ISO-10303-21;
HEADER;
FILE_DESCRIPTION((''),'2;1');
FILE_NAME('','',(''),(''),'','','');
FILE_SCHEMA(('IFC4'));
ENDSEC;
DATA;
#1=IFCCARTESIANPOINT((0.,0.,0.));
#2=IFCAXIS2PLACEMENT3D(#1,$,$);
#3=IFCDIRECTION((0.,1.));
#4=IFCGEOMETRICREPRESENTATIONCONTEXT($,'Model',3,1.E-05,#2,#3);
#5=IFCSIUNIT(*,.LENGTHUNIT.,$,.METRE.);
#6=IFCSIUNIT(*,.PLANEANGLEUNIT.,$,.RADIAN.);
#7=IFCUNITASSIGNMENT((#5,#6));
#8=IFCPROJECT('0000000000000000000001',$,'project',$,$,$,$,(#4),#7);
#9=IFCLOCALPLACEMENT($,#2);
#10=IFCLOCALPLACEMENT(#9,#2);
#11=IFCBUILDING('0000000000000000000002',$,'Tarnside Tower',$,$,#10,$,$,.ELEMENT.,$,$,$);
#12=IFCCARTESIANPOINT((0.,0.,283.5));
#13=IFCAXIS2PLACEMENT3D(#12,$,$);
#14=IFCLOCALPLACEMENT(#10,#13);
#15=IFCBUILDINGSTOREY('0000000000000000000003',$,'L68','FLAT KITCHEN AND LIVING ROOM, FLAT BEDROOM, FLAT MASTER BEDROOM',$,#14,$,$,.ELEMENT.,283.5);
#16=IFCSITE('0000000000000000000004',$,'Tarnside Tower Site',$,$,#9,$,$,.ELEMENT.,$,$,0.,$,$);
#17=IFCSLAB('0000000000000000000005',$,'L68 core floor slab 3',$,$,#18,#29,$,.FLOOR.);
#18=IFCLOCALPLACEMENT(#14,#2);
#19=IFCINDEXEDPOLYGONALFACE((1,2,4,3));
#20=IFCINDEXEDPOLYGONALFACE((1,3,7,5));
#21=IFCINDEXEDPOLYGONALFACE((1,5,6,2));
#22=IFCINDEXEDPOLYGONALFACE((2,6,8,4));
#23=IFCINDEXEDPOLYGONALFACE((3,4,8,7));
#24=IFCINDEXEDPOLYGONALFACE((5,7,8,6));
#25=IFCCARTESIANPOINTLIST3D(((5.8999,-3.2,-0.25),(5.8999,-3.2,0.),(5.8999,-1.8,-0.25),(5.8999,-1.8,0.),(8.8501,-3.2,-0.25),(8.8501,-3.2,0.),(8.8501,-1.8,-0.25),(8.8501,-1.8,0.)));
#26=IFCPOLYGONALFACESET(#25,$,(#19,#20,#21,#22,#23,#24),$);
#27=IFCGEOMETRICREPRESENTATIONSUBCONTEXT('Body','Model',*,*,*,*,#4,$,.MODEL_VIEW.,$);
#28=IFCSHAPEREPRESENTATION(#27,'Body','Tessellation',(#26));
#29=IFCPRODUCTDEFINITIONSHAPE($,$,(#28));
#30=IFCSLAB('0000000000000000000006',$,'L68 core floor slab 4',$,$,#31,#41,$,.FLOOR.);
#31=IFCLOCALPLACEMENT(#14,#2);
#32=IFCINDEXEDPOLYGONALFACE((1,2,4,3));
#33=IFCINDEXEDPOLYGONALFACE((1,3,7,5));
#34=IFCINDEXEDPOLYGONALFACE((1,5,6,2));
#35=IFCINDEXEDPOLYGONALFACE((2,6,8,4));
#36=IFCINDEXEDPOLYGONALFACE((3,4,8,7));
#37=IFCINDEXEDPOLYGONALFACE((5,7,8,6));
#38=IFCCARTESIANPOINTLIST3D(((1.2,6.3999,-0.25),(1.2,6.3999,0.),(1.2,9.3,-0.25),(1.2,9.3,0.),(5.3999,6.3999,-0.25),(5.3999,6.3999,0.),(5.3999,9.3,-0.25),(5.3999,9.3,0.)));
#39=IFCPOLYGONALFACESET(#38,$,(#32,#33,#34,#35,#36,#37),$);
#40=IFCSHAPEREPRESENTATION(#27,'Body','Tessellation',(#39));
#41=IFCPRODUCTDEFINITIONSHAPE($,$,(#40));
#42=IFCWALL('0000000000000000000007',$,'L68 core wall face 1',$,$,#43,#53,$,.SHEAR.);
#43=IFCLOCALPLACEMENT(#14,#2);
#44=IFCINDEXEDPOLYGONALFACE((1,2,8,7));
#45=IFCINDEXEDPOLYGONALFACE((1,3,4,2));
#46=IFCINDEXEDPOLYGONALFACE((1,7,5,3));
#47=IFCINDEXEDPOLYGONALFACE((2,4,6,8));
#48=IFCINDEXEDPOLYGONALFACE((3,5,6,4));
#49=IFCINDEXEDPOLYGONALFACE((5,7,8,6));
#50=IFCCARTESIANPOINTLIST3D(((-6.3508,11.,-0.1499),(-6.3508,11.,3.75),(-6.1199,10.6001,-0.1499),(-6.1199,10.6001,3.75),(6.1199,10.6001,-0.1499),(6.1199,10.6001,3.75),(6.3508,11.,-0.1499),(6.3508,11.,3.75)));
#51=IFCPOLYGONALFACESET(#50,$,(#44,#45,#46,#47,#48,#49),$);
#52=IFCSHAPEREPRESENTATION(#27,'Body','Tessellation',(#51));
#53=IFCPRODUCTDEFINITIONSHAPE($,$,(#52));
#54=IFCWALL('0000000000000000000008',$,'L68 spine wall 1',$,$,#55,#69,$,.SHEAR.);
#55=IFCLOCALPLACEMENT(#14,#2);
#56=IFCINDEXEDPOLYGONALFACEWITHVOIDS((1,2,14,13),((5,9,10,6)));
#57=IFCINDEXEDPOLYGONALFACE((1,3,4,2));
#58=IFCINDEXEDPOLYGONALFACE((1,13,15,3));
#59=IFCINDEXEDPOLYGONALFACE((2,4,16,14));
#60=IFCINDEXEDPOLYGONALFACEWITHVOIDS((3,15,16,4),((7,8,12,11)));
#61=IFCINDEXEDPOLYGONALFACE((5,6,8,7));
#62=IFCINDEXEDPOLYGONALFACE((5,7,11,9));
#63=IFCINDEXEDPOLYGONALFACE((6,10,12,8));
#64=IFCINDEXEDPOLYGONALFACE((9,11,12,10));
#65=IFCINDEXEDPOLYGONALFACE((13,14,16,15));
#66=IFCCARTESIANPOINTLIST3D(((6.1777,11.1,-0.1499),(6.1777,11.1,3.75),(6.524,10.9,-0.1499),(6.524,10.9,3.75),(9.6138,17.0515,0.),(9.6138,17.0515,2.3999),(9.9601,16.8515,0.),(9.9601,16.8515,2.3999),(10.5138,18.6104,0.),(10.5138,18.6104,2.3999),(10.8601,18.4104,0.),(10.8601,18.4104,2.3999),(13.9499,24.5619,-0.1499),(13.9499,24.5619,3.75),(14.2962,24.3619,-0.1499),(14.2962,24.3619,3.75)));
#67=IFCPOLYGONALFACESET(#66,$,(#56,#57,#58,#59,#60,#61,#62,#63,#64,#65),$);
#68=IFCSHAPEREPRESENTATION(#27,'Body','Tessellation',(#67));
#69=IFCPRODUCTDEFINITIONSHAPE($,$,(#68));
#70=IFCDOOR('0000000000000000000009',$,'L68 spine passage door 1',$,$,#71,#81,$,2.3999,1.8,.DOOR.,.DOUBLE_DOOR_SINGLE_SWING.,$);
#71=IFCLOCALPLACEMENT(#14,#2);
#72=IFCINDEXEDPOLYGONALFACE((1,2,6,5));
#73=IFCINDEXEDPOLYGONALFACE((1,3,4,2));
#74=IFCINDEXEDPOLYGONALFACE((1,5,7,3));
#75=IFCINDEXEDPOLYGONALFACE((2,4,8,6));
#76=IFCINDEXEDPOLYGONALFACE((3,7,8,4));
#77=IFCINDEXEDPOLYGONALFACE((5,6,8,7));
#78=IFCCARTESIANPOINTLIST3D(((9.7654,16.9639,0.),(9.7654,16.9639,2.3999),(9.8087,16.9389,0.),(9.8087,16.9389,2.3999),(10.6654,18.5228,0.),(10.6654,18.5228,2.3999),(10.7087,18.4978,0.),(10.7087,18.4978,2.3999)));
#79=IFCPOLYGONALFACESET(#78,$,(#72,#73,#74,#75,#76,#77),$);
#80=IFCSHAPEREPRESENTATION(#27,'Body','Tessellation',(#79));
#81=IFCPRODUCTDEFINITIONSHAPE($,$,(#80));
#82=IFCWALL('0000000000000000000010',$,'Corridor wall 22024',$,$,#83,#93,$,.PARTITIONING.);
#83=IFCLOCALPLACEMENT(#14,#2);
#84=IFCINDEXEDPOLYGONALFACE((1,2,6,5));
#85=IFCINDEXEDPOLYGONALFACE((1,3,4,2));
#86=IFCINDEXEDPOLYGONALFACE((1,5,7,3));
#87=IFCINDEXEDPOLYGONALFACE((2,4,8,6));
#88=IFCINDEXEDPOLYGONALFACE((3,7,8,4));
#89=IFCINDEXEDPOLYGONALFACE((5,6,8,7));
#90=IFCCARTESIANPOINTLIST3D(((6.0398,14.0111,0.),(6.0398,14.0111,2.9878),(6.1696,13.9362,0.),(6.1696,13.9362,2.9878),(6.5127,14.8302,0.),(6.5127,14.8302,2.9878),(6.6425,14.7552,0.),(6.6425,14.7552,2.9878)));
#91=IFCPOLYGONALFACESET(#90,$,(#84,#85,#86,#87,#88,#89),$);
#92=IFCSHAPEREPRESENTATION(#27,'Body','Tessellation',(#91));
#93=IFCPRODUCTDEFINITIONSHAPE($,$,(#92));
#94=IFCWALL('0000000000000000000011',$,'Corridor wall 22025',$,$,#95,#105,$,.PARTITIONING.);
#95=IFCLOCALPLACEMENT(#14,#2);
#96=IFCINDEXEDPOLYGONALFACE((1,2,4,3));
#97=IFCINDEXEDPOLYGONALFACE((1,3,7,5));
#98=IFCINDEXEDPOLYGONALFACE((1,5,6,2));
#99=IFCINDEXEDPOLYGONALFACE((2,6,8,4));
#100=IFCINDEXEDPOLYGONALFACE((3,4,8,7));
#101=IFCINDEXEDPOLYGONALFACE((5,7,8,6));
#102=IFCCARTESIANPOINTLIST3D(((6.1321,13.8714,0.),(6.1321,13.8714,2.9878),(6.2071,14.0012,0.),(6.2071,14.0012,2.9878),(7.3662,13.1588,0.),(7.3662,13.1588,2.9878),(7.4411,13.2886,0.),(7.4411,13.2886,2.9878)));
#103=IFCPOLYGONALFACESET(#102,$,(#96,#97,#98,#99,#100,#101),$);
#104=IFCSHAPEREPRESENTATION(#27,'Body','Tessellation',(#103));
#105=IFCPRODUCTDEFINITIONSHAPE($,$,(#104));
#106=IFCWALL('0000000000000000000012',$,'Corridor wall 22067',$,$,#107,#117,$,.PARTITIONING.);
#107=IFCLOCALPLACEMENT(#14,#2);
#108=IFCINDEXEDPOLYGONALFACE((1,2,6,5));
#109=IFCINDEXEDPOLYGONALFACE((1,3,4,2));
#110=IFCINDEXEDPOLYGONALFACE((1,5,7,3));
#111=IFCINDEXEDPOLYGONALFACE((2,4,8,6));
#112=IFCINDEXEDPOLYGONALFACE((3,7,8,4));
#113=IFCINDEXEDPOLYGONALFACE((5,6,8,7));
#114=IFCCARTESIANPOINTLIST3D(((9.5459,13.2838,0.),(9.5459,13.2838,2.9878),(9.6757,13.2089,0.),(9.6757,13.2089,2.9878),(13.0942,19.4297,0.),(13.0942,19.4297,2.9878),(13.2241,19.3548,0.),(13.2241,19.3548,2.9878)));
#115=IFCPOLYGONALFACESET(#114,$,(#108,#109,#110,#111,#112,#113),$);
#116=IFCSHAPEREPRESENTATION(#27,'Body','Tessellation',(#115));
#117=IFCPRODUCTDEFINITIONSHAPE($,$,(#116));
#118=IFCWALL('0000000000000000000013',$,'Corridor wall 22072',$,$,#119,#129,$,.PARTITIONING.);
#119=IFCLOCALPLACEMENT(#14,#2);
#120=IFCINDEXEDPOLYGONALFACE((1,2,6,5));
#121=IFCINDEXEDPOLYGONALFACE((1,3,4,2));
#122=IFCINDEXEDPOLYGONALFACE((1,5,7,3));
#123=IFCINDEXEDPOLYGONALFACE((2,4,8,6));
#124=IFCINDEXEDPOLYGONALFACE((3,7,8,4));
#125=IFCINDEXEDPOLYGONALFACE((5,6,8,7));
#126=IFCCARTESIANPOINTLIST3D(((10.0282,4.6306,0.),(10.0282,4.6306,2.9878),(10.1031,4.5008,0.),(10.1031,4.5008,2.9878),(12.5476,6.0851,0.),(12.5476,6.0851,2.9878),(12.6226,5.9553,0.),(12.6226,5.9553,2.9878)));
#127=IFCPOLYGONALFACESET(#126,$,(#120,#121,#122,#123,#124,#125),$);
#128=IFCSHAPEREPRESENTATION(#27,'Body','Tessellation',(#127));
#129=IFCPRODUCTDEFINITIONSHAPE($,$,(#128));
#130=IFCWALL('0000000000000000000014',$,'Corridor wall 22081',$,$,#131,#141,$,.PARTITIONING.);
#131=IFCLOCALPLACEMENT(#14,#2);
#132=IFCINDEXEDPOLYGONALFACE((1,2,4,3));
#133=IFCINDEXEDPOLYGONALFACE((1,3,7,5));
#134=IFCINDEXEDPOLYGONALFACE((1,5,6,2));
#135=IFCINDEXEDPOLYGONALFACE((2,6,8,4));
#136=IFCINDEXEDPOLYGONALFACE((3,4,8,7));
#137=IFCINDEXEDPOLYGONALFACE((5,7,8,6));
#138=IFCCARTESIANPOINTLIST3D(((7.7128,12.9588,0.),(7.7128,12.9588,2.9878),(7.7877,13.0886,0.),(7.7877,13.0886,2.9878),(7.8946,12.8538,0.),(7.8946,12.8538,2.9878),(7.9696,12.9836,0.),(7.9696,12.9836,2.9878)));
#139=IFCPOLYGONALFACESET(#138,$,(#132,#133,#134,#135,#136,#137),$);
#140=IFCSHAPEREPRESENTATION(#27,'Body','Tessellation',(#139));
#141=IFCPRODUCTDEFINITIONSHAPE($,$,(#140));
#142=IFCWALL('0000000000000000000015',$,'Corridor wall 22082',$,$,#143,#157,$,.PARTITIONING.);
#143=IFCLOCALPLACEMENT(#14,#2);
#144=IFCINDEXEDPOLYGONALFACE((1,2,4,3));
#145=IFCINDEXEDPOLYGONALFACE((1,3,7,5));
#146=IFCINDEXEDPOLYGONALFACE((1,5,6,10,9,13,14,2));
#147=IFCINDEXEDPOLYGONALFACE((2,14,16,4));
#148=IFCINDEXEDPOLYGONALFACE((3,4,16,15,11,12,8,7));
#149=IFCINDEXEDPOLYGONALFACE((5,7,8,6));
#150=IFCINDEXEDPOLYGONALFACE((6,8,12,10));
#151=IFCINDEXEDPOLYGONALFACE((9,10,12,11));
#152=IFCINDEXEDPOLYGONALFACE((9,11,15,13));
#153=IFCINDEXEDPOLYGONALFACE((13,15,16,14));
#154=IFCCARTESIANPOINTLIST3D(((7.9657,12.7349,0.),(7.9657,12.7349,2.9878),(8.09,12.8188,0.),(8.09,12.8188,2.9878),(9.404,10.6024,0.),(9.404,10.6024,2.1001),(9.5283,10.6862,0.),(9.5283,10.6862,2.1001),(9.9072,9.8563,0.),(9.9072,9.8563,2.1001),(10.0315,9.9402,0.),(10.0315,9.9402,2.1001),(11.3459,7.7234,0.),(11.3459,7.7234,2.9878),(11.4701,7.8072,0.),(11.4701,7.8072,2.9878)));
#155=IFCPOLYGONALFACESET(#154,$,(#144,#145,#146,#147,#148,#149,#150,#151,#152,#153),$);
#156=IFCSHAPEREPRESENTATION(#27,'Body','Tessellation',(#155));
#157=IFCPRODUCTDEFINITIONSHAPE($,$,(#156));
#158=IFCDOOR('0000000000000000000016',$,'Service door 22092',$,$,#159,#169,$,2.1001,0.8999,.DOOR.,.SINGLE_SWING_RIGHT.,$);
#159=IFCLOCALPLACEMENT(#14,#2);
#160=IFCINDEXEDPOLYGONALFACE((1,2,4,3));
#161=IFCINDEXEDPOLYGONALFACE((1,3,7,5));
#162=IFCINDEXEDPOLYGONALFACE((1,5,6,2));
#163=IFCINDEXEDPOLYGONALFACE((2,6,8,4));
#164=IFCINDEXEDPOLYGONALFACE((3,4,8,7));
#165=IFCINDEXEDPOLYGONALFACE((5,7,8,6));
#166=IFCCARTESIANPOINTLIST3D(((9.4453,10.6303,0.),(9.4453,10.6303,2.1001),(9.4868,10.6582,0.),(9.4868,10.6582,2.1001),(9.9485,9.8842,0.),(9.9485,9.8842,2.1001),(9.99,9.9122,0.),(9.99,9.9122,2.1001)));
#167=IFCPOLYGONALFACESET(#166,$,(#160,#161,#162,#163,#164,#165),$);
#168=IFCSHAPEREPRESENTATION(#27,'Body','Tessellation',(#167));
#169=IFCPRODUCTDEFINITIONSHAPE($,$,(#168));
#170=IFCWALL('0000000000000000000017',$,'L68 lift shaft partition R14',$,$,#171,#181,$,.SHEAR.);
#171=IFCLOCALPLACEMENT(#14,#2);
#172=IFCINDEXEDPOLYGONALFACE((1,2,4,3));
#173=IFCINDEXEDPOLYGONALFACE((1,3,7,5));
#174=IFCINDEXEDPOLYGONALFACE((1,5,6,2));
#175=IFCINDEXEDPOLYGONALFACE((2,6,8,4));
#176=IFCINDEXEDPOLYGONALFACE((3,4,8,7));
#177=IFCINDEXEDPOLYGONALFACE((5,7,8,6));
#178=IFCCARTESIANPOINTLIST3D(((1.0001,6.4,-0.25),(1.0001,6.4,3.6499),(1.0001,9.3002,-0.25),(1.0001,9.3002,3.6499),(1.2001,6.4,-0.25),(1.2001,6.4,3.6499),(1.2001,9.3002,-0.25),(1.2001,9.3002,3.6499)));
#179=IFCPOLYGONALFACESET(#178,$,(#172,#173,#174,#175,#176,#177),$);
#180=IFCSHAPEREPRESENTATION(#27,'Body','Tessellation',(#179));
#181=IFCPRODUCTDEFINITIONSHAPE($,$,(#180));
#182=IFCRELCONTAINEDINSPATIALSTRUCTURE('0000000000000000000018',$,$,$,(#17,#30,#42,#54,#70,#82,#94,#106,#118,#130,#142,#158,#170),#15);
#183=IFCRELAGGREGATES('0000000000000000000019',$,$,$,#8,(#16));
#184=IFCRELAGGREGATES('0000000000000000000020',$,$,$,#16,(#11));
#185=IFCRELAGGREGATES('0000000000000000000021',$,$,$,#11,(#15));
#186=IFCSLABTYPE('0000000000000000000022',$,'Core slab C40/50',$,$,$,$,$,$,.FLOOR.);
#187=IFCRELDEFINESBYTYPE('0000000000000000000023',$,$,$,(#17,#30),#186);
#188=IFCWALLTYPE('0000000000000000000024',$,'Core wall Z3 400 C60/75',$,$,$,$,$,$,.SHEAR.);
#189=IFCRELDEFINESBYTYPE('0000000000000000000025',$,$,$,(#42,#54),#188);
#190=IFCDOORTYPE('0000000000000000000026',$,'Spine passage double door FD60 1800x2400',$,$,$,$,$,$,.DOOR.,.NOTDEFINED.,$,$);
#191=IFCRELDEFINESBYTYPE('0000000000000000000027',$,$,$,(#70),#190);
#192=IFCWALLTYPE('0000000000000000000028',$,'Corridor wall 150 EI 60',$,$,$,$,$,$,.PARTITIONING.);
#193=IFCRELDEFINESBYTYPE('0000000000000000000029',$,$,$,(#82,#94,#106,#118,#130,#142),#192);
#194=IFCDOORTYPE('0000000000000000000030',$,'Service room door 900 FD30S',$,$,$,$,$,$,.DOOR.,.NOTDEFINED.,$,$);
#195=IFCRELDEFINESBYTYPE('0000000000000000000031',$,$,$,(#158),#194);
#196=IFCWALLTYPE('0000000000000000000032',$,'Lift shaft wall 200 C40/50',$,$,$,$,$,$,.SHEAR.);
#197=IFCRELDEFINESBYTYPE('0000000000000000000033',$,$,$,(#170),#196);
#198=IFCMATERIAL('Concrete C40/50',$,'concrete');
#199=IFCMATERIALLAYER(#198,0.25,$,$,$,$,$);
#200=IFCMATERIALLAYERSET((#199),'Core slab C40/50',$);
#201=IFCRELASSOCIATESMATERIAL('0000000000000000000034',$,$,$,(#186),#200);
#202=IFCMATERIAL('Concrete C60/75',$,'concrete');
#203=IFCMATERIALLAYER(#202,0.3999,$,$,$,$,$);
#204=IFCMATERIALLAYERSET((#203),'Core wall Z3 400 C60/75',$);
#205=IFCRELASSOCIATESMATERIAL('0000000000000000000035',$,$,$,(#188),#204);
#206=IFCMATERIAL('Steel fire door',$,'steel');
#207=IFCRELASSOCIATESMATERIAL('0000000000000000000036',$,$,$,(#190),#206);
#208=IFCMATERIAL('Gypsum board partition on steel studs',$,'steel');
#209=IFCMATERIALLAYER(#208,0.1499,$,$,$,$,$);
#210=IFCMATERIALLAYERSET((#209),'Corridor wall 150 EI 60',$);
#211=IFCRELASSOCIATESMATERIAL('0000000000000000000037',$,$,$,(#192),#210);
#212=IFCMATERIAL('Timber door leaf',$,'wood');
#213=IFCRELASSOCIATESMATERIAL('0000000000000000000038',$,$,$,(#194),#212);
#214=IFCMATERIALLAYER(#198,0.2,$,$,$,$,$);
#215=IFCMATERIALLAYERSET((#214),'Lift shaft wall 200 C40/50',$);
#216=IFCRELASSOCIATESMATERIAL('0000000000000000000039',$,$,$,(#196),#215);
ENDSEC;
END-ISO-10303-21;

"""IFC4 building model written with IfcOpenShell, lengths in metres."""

from ifc_helpers import new_model, si_unit, direction, frame, frame_2d, origin, place, context, subcontext, project, spatial, polyline, rectangle, outline, extrude, material, layer, layer_set, type_object, element, fill, save


model = new_model("IFC4")

# Units and contexts
model_context = context("Model", 3, precision=1e-05, world=origin(), true_north=direction((0.0, 1.0)))
body_context = subcontext(model_context, "Body", "Model", "MODEL_VIEW")
ifc_project = project(units=[si_unit("LENGTHUNIT", "METRE"), si_unit("PLANEANGLEUNIT", "RADIAN")], contexts=[model_context])

# Site, building, storey
site_placement = place(None, origin())
site = spatial("IfcSite", under=ifc_project, at=site_placement, Name="Tarnside Tower Site", CompositionType="ELEMENT", RefElevation=0.0)
building_placement = place(site_placement, origin())
building = spatial("IfcBuilding", under=site, at=building_placement, Name="Tarnside Tower", CompositionType="ELEMENT")
storey_placement = place(building_placement, frame((0.0, 0.0, 283.5)))
storey = spatial("IfcBuildingStorey", under=building, at=storey_placement, Name="L68", Description="FLAT KITCHEN AND LIVING ROOM, FLAT BEDROOM, FLAT MASTER BEDROOM", CompositionType="ELEMENT", Elevation=283.5)

# Slabs
ifc_material_1 = material(Name="Concrete C40/50", Category="concrete")
ifc_layer_1 = layer(ifc_material_1, 0.25)
ifc_layer_set_1 = layer_set([ifc_layer_1], Name="Core slab C40/50")
slab_type = type_object("IfcSlabType", Name="Core slab C40/50", PredefinedType="FLOOR", material=ifc_layer_set_1)
slab_1_placement = place(storey_placement, frame((0.0, 0.0, -0.25)))
element("IfcSlab", 1, at=slab_1_placement, inside=storey, type_object=slab_type, Name="L68 core floor slab 3", PredefinedType="FLOOR", context=body_context, shape_type="SweptSolid", body=[
    extrude(outline(polyline([(5.8999, -1.8), (8.8501, -1.8), (8.8501, -3.2), (5.8999, -3.2), (5.8999, -1.8)])), origin(), (0.0, 0.0, 1.0), 0.25),
])
slab_2_placement = place(storey_placement, frame((0.0, 0.0, -0.25)))
element("IfcSlab", 2, at=slab_2_placement, inside=storey, type_object=slab_type, Name="L68 core floor slab 4", PredefinedType="FLOOR", context=body_context, shape_type="SweptSolid", body=[
    extrude(outline(polyline([(5.3999, 6.3999), (1.2, 6.3999), (1.2, 9.3), (5.3999, 9.3), (5.3999, 6.3999)])), origin(), (0.0, 0.0, 1.0), 0.25),
])

# Wall
ifc_material_2 = material(Name="Concrete C60/75", Category="concrete")
ifc_layer_2 = layer(ifc_material_2, 0.3999)
ifc_layer_set_2 = layer_set([ifc_layer_2], Name="Core wall Z3 400 C60/75")
wall_type_1 = type_object("IfcWallType", Name="Core wall Z3 400 C60/75", PredefinedType="SHEAR", material=ifc_layer_set_2)
wall_1_placement = place(storey_placement, frame((6.2354, 10.8, -0.1499), z_axis=(0.0, 0.0, 1.0), x_axis=(-1.0, 0.0, 0.0)))
element("IfcWall", 3, at=wall_1_placement, inside=storey, type_object=wall_type_1, Name="L68 core wall face 1", PredefinedType="SHEAR", context=body_context, shape_type="SweptSolid", body=[
    extrude(outline(polyline([(-0.1155, -0.2), (12.5862, -0.2), (12.3552, 0.2), (0.1155, 0.2), (-0.1155, -0.2)])), origin(), (0.0, 0.0, 1.0), 3.8999),
])

# Wall, opening, door
wall_2_placement = place(storey_placement, frame((6.3508, 11.0, -0.1499), z_axis=(0.0, 0.0, 1.0), x_axis=(0.499999, 0.866026, 0.0)))
wall_2 = element("IfcWall", 4, at=wall_2_placement, inside=storey, type_object=wall_type_1, Name="L68 spine wall 1", PredefinedType="SHEAR", context=body_context, shape_type="SweptSolid", body=[
    extrude(rectangle(XDim=15.5444, YDim=0.3999, at=frame_2d((7.7722, 0.0))), origin(), (0.0, 0.0, 1.0), 3.8999),
])
opening_1_placement = place(wall_2_placement, frame((6.8723, 0.0, 0.1499)))
opening_1 = element("IfcOpeningElement", 5, at=opening_1_placement, cuts=wall_2, PredefinedType="OPENING", context=body_context, shape_type="SweptSolid", body=[
    extrude(rectangle(XDim=1.8, YDim=2.3999, at=frame_2d((0.8999, 1.2))), frame((0.0, 0.21, 0.0), z_axis=(0.0, -1.0, 0.0), x_axis=(1.0, 0.0, 0.0)), (0.0, 0.0, 1.0), 0.4199),
])
ifc_material_3 = material(Name="Steel fire door", Category="steel")
door_type_1 = type_object("IfcDoorType", Name="Spine passage double door FD60 1800x2400", OperationType="NOTDEFINED", PredefinedType="DOOR", material=ifc_material_3)
door_1_placement = place(opening_1_placement, origin())
door_1 = element("IfcDoor", 6, at=door_1_placement, inside=storey, type_object=door_type_1, Name="L68 spine passage door 1", OperationType="DOUBLE_DOOR_SINGLE_SWING", OverallHeight=2.3999, OverallWidth=1.8, PredefinedType="DOOR", context=body_context, shape_type="SweptSolid", body=[
    extrude(rectangle(XDim=1.8, YDim=2.3999, at=frame_2d((0.8999, 1.2))), frame((0.0, 0.0249, 0.0), z_axis=(0.0, -1.0, 0.0), x_axis=(1.0, 0.0, 0.0)), (0.0, 0.0, 1.0), 0.05),
])
fill(opening_1, door_1)

# Walls
ifc_material_4 = material(Name="Gypsum board partition on steel studs", Category="steel")
ifc_layer_3 = layer(ifc_material_4, 0.1499)
ifc_layer_set_3 = layer_set([ifc_layer_3], Name="Corridor wall 150 EI 60")
wall_type_2 = type_object("IfcWallType", Name="Corridor wall 150 EI 60", PredefinedType="PARTITIONING", material=ifc_layer_set_3)
wall_3_placement = place(storey_placement, frame((6.5776, 14.7927, 0.0), z_axis=(0.0, 0.0, 1.0), x_axis=(-0.499998, -0.866027, 0.0)))
element("IfcWall", 7, at=wall_3_placement, inside=storey, type_object=wall_type_2, Name="Corridor wall 22024", PredefinedType="PARTITIONING", context=body_context, shape_type="SweptSolid", body=[
    extrude(rectangle(XDim=0.9458, YDim=0.1499, at=frame_2d((0.4729, 0.0))), origin(), (0.0, 0.0, 1.0), 2.9878),
])
wall_4_placement = place(storey_placement, frame((6.1697, 13.9363, 0.0), z_axis=(0.0, 0.0, 1.0), x_axis=(0.865989, -0.500064, 0.0)))
element("IfcWall", 8, at=wall_4_placement, inside=storey, type_object=wall_type_2, Name="Corridor wall 22025", PredefinedType="PARTITIONING", context=body_context, shape_type="SweptSolid", body=[
    extrude(rectangle(XDim=1.425, YDim=0.1499, at=frame_2d((0.7124, 0.0))), origin(), (0.0, 0.0, 1.0), 2.9878),
])
wall_5_placement = place(storey_placement, frame((9.6108, 13.2463, 0.0), z_axis=(0.0, 0.0, 1.0), x_axis=(0.499994, 0.866029, 0.0)))
element("IfcWall", 9, at=wall_5_placement, inside=storey, type_object=wall_type_2, Name="Corridor wall 22067", PredefinedType="PARTITIONING", context=body_context, shape_type="SweptSolid", body=[
    extrude(rectangle(XDim=7.0967, YDim=0.1499, at=frame_2d((3.5483, 0.0))), origin(), (0.0, 0.0, 1.0), 2.9878),
])
wall_6_placement = place(storey_placement, frame((10.0657, 4.5657, 0.0), z_axis=(0.0, 0.0, 1.0), x_axis=(0.866035, 0.499984, 0.0)))
element("IfcWall", 10, at=wall_6_placement, inside=storey, type_object=wall_type_2, Name="Corridor wall 22072", PredefinedType="PARTITIONING", context=body_context, shape_type="SweptSolid", body=[
    extrude(rectangle(XDim=2.9092, YDim=0.1499, at=frame_2d((1.4546, 0.0))), origin(), (0.0, 0.0, 1.0), 2.9878),
])
wall_7_placement = place(storey_placement, frame((7.7502, 13.0237, 0.0), z_axis=(0.0, 0.0, 1.0), x_axis=(0.866089, -0.49989, 0.0)))
element("IfcWall", 11, at=wall_7_placement, inside=storey, type_object=wall_type_2, Name="Corridor wall 22081", PredefinedType="PARTITIONING", context=body_context, shape_type="SweptSolid", body=[
    extrude(rectangle(XDim=0.21, YDim=0.1499, at=frame_2d((0.105, 0.0))), origin(), (0.0, 0.0, 1.0), 2.9878),
])

# Wall, opening, door
wall_8_placement = place(storey_placement, frame((8.0278, 12.7769, 0.0), z_axis=(0.0, 0.0, 1.0), x_axis=(0.559175, -0.829049, 0.0)))
wall_8 = element("IfcWall", 12, at=wall_8_placement, inside=storey, type_object=wall_type_2, Name="Corridor wall 22082", PredefinedType="PARTITIONING", context=body_context, shape_type="SweptSolid", body=[
    extrude(rectangle(XDim=6.0449, YDim=0.1499, at=frame_2d((3.0225, 0.0))), origin(), (0.0, 0.0, 1.0), 2.9878),
])
opening_2_placement = place(wall_8_placement, frame((2.5723, 0.0, 0.0)))
opening_2 = element("IfcOpeningElement", 13, at=opening_2_placement, cuts=wall_8, PredefinedType="OPENING", context=body_context, shape_type="SweptSolid", body=[
    extrude(rectangle(XDim=0.8999, YDim=2.1001, at=frame_2d((0.45, 1.05))), frame((0.0, 0.085, 0.0), z_axis=(0.0, -1.0, 0.0), x_axis=(1.0, 0.0, 0.0)), (0.0, 0.0, 1.0), 0.1699),
])
ifc_material_5 = material(Name="Timber door leaf", Category="wood")
door_type_2 = type_object("IfcDoorType", Name="Service room door 900 FD30S", OperationType="NOTDEFINED", PredefinedType="DOOR", material=ifc_material_5)
door_2_placement = place(opening_2_placement, origin())
door_2 = element("IfcDoor", 14, at=door_2_placement, inside=storey, type_object=door_type_2, Name="Service door 22092", OperationType="SINGLE_SWING_RIGHT", OverallHeight=2.1001, OverallWidth=0.8999, PredefinedType="DOOR", context=body_context, shape_type="SweptSolid", body=[
    extrude(rectangle(XDim=0.8999, YDim=2.1001, at=frame_2d((0.45, 1.05))), frame((0.0, 0.0249, 0.0), z_axis=(0.0, -1.0, 0.0), x_axis=(1.0, 0.0, 0.0)), (0.0, 0.0, 1.0), 0.05),
])
fill(opening_2, door_2)

# Wall
ifc_layer_4 = layer(ifc_material_1, 0.2)
ifc_layer_set_4 = layer_set([ifc_layer_4], Name="Lift shaft wall 200 C40/50")
wall_type_3 = type_object("IfcWallType", Name="Lift shaft wall 200 C40/50", PredefinedType="SHEAR", material=ifc_layer_set_4)
for number, where, z_axis, x_axis, name in (
    (15, (1.1001, 6.3999, -0.25), (0.0, 0.0, 1.0), (0.0, 1.0, 0.0), "L68 lift shaft partition R14"),
):
    element("IfcWall", number, at=place(storey_placement, frame(where, z_axis=z_axis, x_axis=x_axis)), inside=storey, type_object=wall_type_3, Name=name, PredefinedType="SHEAR", context=body_context, shape_type="SweptSolid", body=[
        extrude(rectangle(XDim=2.9001, YDim=0.2, at=frame_2d((1.4502, 0.0))), origin(), (0.0, 0.0, 1.0), 3.8999),
    ])

save(model, "model.ifc")
